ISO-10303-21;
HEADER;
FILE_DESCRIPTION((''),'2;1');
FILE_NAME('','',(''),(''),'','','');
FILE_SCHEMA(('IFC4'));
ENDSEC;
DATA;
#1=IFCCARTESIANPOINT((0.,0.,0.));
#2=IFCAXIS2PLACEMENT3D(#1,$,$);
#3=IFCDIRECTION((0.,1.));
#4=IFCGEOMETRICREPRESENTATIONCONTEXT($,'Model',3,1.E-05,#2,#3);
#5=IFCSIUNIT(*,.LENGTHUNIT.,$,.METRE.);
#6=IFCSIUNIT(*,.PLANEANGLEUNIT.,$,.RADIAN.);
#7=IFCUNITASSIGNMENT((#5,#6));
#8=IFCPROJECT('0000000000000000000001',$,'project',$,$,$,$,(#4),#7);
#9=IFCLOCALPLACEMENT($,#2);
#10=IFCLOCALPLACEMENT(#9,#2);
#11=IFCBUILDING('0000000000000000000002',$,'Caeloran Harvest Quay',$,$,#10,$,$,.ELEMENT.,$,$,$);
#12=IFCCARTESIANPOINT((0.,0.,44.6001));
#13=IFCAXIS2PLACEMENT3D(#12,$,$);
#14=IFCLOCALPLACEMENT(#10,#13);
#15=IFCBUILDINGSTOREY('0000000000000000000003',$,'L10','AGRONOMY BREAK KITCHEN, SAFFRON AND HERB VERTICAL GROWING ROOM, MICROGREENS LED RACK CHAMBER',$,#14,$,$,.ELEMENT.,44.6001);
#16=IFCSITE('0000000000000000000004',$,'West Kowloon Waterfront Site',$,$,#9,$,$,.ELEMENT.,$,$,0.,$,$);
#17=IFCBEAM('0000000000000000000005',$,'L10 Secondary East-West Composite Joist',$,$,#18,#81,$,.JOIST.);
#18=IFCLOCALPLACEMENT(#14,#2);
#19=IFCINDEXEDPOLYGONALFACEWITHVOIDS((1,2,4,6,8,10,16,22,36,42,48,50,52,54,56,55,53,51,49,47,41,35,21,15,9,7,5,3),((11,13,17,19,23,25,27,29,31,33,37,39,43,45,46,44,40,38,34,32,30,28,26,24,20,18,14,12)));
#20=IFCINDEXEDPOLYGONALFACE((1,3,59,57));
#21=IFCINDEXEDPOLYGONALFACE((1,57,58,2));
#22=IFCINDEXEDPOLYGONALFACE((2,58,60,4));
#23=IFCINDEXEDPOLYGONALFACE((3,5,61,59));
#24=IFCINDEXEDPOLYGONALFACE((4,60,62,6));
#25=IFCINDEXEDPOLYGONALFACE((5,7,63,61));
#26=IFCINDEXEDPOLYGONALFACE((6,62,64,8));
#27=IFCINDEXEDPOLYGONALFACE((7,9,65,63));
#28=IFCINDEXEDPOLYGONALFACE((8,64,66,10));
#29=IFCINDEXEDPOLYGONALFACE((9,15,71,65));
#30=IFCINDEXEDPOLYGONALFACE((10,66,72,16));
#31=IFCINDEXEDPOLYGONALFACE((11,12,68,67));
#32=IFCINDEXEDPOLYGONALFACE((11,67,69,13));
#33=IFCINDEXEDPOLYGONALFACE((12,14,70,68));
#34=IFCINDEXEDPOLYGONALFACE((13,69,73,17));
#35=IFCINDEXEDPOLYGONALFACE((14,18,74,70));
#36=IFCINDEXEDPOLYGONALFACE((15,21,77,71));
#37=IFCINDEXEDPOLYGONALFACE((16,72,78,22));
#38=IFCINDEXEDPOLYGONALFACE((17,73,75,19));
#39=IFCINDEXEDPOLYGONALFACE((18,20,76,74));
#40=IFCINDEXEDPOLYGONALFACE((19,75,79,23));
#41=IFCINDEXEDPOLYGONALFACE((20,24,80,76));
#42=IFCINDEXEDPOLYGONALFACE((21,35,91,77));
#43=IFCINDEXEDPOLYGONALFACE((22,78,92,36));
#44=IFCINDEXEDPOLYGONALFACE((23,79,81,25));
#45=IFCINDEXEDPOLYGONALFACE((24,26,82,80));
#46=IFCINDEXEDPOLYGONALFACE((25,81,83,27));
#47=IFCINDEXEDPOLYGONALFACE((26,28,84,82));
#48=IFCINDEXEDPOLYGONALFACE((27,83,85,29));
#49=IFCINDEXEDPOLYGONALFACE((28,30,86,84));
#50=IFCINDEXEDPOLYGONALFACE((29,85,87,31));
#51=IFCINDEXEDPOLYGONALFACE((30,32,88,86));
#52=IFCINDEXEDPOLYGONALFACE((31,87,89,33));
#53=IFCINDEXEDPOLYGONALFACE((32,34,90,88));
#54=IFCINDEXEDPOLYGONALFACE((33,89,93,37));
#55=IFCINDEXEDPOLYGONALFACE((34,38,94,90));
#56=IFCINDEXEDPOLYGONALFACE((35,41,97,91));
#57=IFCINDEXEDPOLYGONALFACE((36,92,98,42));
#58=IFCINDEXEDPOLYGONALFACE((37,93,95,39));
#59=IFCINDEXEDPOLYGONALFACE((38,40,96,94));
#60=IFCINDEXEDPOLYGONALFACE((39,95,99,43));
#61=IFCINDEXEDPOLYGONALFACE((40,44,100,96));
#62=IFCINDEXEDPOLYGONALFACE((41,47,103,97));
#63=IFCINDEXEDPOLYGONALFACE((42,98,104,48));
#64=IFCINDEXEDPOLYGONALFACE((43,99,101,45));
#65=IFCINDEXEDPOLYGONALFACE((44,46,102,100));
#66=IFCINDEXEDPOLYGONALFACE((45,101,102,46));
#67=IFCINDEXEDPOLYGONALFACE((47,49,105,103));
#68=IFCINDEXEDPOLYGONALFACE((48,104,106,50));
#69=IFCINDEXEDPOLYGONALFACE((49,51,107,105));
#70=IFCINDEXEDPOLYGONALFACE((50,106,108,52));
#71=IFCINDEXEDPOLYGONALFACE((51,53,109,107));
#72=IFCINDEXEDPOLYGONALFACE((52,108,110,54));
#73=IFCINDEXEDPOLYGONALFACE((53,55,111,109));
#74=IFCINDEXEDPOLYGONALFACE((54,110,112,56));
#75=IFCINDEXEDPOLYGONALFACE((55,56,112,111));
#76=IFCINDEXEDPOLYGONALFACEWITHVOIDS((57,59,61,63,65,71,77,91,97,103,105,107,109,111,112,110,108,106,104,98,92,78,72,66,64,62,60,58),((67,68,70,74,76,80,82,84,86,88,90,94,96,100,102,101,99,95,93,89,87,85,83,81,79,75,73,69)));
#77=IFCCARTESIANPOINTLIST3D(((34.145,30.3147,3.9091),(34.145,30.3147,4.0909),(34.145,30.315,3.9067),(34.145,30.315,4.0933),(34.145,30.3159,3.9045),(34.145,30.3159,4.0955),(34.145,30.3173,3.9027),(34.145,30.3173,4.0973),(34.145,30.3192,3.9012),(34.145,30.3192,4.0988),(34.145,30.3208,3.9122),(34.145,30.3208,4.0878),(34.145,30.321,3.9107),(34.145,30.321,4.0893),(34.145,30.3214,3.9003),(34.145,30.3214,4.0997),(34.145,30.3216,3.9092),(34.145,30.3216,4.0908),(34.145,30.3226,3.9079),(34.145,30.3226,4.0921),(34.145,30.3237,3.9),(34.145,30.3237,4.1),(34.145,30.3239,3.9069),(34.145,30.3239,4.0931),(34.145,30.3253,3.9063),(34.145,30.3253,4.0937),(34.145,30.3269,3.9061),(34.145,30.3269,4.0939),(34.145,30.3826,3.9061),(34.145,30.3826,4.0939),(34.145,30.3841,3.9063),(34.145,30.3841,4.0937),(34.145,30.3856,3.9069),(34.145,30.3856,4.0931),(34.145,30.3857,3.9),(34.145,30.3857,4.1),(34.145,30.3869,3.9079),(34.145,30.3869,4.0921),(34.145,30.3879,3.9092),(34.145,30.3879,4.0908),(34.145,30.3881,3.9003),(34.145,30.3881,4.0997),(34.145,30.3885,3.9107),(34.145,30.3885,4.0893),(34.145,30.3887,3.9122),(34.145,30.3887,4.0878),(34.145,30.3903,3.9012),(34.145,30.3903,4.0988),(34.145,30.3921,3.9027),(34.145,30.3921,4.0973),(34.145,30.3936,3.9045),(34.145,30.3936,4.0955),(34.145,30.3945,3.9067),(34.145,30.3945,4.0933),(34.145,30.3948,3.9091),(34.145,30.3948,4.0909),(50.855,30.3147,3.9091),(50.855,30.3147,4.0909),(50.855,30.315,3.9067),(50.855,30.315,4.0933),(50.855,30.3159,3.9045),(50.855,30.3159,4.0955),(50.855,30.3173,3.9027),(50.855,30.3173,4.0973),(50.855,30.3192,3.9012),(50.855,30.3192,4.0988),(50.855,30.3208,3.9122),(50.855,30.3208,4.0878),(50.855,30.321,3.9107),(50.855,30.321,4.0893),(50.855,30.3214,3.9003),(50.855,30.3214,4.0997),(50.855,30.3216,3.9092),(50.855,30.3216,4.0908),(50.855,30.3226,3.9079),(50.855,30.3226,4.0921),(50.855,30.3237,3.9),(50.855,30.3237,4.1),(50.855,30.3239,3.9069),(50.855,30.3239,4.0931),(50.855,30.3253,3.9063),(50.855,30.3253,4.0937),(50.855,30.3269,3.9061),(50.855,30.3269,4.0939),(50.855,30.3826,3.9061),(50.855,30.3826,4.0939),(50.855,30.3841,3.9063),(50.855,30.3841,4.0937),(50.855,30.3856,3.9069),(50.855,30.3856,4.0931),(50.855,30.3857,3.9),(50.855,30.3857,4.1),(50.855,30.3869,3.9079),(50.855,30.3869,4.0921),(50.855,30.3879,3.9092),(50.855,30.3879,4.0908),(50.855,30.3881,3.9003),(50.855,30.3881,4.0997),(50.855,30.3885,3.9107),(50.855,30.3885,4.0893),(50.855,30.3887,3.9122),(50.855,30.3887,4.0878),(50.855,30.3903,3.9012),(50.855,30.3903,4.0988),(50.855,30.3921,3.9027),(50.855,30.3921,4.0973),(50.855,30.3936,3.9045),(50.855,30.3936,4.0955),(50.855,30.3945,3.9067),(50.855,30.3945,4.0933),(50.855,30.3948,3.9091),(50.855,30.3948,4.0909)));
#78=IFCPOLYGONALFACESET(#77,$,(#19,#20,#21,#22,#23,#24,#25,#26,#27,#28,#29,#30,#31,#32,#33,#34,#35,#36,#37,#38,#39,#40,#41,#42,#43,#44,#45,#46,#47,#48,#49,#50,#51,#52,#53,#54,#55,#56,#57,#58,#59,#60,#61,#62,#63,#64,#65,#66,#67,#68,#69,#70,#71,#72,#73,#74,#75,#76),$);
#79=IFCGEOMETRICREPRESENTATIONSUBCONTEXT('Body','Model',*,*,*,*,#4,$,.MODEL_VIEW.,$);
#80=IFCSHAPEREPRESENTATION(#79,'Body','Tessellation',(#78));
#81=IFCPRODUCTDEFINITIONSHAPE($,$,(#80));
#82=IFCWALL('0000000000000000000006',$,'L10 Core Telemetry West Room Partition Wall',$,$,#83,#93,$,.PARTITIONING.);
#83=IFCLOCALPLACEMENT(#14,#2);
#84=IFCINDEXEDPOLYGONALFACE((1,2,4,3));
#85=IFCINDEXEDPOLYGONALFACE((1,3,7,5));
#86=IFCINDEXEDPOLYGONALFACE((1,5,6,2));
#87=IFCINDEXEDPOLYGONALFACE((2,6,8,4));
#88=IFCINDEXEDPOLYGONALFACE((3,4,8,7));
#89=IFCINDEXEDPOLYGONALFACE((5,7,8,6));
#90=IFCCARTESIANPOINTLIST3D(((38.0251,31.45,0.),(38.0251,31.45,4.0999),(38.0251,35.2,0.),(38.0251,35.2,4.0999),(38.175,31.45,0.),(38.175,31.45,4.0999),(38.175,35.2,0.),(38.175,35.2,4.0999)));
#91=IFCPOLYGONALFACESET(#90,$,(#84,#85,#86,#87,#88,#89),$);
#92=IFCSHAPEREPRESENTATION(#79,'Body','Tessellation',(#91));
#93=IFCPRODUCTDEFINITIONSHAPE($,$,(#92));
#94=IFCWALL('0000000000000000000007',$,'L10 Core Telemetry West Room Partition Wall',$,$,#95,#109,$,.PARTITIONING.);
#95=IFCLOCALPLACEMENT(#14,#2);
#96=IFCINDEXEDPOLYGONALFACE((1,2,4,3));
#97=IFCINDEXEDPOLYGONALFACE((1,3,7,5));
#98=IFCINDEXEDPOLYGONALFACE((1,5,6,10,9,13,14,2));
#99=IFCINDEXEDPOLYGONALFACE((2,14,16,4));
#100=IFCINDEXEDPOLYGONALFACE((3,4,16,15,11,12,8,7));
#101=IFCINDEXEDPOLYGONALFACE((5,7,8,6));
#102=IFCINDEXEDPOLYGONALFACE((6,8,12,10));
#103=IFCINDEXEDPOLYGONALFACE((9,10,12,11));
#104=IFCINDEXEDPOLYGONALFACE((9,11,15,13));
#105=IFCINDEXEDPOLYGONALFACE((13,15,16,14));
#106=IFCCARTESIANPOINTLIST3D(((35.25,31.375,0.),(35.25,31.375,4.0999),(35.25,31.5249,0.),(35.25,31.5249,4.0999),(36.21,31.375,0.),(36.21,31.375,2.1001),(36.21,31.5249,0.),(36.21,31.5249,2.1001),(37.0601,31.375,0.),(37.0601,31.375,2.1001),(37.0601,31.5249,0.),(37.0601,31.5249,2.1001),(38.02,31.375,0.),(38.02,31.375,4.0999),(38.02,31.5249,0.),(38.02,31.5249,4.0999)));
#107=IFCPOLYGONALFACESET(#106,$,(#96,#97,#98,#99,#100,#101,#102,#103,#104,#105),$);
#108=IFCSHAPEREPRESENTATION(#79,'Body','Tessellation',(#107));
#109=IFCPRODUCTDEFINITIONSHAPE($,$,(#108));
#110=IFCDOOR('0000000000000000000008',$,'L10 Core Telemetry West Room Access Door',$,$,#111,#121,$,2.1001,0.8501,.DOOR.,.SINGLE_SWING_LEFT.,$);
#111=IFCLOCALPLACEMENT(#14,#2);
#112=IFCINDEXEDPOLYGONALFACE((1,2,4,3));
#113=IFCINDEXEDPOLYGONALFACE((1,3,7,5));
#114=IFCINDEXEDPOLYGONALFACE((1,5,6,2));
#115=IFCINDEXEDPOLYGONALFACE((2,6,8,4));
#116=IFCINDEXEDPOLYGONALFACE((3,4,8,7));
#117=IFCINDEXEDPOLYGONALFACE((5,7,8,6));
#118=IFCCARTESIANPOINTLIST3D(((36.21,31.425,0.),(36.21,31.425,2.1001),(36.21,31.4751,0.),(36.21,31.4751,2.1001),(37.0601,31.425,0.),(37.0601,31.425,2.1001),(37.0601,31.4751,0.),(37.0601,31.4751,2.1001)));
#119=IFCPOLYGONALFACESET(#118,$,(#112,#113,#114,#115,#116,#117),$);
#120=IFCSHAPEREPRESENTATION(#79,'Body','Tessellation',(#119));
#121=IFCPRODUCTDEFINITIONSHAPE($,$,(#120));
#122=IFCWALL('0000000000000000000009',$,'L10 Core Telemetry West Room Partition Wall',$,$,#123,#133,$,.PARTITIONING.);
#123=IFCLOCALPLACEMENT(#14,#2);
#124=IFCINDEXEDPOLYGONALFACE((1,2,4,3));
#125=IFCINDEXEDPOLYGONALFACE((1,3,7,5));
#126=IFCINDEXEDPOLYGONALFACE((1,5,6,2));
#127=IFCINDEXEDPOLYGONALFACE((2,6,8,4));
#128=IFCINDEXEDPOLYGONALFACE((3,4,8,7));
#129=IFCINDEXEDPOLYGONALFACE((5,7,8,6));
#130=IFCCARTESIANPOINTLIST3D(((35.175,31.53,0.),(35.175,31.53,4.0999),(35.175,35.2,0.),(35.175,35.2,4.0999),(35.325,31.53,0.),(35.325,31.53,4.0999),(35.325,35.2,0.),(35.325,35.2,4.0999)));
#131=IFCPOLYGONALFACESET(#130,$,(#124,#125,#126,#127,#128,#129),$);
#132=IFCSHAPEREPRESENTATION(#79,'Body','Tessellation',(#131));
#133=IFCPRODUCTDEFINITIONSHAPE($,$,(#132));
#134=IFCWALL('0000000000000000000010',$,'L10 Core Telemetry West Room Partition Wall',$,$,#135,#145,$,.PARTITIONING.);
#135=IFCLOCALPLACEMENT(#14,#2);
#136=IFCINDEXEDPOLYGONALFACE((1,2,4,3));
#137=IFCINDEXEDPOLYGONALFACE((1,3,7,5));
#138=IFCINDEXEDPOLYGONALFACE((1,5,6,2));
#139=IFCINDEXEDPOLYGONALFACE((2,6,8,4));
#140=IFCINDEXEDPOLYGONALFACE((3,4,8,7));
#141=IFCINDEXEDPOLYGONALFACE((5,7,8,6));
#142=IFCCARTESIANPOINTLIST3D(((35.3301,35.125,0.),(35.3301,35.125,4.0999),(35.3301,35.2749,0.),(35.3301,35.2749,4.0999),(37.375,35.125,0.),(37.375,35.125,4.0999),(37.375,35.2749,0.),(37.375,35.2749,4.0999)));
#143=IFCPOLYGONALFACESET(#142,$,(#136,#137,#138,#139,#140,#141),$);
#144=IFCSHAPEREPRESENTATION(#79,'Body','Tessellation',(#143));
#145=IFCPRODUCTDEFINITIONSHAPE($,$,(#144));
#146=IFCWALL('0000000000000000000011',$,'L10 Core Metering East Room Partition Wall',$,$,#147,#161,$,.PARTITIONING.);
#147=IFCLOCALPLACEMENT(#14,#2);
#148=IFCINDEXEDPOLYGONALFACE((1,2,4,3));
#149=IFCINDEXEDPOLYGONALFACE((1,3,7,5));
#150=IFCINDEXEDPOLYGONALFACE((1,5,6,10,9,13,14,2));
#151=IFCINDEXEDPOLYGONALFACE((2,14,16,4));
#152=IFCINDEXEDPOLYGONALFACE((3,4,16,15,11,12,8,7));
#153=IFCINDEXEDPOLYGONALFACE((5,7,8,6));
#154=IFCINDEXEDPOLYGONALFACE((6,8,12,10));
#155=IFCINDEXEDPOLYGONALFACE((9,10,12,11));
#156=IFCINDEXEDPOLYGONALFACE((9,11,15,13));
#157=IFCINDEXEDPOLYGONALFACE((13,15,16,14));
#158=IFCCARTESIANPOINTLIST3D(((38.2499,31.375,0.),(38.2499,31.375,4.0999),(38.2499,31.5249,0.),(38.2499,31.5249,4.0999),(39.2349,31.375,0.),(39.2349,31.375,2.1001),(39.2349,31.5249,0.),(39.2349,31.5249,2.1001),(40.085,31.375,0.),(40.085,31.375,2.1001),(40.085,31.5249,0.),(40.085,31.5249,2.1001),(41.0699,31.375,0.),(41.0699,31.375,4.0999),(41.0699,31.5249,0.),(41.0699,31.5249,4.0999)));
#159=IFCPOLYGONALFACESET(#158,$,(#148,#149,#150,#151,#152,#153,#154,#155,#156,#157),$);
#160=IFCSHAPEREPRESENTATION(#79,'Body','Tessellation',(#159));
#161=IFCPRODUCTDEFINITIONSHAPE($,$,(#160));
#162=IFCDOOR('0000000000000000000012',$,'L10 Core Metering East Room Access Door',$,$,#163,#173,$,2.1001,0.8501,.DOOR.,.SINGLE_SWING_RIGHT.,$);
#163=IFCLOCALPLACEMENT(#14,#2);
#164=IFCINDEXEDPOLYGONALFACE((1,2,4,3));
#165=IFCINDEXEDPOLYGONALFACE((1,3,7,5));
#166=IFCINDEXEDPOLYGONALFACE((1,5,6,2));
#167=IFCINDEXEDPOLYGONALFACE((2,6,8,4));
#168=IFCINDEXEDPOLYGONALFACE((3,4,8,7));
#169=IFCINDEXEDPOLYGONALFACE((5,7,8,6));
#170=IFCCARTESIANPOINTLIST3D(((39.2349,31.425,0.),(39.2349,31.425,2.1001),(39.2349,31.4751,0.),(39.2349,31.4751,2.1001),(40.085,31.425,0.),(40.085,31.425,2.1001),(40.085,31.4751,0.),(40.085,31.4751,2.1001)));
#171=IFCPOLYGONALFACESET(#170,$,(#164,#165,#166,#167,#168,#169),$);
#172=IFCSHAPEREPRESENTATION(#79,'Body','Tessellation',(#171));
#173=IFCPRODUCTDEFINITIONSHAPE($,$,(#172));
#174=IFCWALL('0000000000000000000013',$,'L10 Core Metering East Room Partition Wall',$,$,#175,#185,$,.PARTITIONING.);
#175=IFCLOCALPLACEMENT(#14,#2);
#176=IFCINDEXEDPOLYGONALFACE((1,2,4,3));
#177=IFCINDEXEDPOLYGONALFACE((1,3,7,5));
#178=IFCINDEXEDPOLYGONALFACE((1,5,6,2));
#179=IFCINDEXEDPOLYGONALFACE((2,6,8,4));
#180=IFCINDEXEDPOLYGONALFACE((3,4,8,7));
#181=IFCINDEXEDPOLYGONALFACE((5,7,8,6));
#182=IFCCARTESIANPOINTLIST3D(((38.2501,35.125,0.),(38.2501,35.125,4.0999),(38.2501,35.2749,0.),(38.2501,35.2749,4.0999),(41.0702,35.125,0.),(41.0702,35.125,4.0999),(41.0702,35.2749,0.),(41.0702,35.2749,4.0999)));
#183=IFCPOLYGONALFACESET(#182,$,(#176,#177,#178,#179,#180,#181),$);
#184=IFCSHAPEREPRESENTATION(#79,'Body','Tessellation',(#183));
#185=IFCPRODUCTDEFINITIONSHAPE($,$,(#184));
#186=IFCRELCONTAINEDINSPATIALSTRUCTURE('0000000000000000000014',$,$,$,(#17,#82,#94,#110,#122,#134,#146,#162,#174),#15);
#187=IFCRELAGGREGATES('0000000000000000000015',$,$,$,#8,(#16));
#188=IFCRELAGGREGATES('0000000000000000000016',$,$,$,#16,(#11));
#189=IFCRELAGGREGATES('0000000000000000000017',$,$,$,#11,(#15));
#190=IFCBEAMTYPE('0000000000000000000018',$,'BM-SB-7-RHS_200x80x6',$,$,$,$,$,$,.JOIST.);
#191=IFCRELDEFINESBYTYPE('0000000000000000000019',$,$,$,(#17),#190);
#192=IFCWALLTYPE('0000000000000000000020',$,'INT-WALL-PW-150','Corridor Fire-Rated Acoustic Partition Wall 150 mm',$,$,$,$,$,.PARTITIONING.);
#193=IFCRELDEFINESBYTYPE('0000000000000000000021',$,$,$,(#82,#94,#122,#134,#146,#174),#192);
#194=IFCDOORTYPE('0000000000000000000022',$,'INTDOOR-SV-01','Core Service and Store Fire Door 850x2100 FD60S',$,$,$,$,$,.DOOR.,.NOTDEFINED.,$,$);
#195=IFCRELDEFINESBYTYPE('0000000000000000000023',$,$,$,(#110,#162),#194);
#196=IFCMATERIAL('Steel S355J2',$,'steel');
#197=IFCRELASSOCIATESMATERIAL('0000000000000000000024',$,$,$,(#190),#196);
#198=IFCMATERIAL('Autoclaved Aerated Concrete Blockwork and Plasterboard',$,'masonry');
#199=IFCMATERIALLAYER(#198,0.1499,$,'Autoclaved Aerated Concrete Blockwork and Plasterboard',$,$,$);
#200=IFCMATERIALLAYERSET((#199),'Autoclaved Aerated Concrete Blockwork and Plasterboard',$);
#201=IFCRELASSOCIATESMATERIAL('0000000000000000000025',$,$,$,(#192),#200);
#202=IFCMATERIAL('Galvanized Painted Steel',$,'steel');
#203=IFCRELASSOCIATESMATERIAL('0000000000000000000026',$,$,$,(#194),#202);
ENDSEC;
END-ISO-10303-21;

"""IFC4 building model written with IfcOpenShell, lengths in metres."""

from ifc_helpers import new_model, si_unit, direction, frame, frame_2d, origin, origin_2d, place, context, subcontext, project, spatial, rectangle, hollow_rectangle, extrude, material, layer, layer_set, material_profile, profile_set, type_object, element, fill, save


model = new_model("IFC4")

# Units and contexts
model_context = context("Model", 3, precision=1e-05, world=origin(), true_north=direction((0.0, 1.0)))
body_context = subcontext(model_context, "Body", "Model", "MODEL_VIEW")
ifc_project = project(units=[si_unit("LENGTHUNIT", "METRE"), si_unit("PLANEANGLEUNIT", "RADIAN")], contexts=[model_context])

# Site, building, storey
site_placement = place(None, origin())
site = spatial("IfcSite", under=ifc_project, at=site_placement, Name="West Kowloon Waterfront Site", CompositionType="ELEMENT", RefElevation=0.0)
building_placement = place(site_placement, origin())
building = spatial("IfcBuilding", under=site, at=building_placement, Name="Caeloran Harvest Quay", CompositionType="ELEMENT")
storey_placement = place(building_placement, frame((0.0, 0.0, 44.6001)))
storey = spatial("IfcBuildingStorey", under=building, at=storey_placement, Name="L10", Description="AGRONOMY BREAK KITCHEN, SAFFRON AND HERB VERTICAL GROWING ROOM, MICROGREENS LED RACK CHAMBER", CompositionType="ELEMENT", Elevation=44.6001)

# Beam
ifc_material_1 = material(Name="Steel S355J2", Category="steel")
ifc_material_profile_1 = material_profile(ifc_material_1, hollow_rectangle(XDim=0.0801, YDim=0.2, WallThickness=0.0061, InnerFilletRadius=0.0061, OuterFilletRadius=0.009, at=origin_2d()), Name="RHS 200x80x6")
ifc_profile_set_1 = profile_set([ifc_material_profile_1], Name="Steel S355J2")
beam_type_1 = type_object("IfcBeamType", Name="BM-SB-7-RHS_200x80x6", PredefinedType="JOIST", material=ifc_profile_set_1)
for number, where, z_axis, x_axis, name in (
    (1, (34.145, 30.3547, 4.0), (1.0, 0.0, 0.0), (0.0, 1.0, 0.0), "L10 Secondary East-West Composite Joist"),
):
    element("IfcBeam", number, at=place(storey_placement, frame(where, z_axis=z_axis, x_axis=x_axis)), inside=storey, type_object=beam_type_1, Name=name, PredefinedType="JOIST", context=body_context, shape_type="SweptSolid", body=[
        extrude(hollow_rectangle(XDim=0.0801, YDim=0.2, WallThickness=0.0061, InnerFilletRadius=0.0061, OuterFilletRadius=0.009, at=origin_2d()), origin(), (0.0, 0.0, 1.0), 16.71),
    ])

# Wall
ifc_material_2 = material(Name="Autoclaved Aerated Concrete Blockwork and Plasterboard", Category="masonry")
ifc_layer_1 = layer(ifc_material_2, 0.1499, Name="Autoclaved Aerated Concrete Blockwork and Plasterboard")
ifc_layer_set_1 = layer_set([ifc_layer_1], Name="Autoclaved Aerated Concrete Blockwork and Plasterboard")
wall_type_1 = type_object("IfcWallType", Name="INT-WALL-PW-150", Description="Corridor Fire-Rated Acoustic Partition Wall 150 mm", PredefinedType="PARTITIONING", material=ifc_layer_set_1)
wall_1_placement = place(storey_placement, frame((38.1001, 35.2, 0.0), z_axis=(0.0, 0.0, 1.0), x_axis=(0.0, -1.0, 0.0)))
element("IfcWall", 2, at=wall_1_placement, inside=storey, type_object=wall_type_1, Name="L10 Core Telemetry West Room Partition Wall", PredefinedType="PARTITIONING", context=body_context, shape_type="SweptSolid", body=[
    extrude(rectangle(XDim=3.75, YDim=0.1499, at=frame_2d((1.875, 0.0))), origin(), (0.0, 0.0, 1.0), 4.0999),
])

# Wall, opening, door
wall_2_placement = place(storey_placement, frame((38.02, 31.45, 0.0), z_axis=(0.0, 0.0, 1.0), x_axis=(-1.0, 0.0, 0.0)))
wall_2 = element("IfcWall", 3, at=wall_2_placement, inside=storey, type_object=wall_type_1, Name="L10 Core Telemetry West Room Partition Wall", PredefinedType="PARTITIONING", context=body_context, shape_type="SweptSolid", body=[
    extrude(rectangle(XDim=2.77, YDim=0.1499, at=frame_2d((1.385, 0.0))), origin(), (0.0, 0.0, 1.0), 4.0999),
])
opening_1_placement = place(wall_2_placement, frame((0.96, 0.0, 0.0)))
opening_1 = element("IfcOpeningElement", 4, at=opening_1_placement, cuts=wall_2, PredefinedType="OPENING", context=body_context, shape_type="SweptSolid", body=[
    extrude(rectangle(XDim=0.8501, YDim=2.1001, at=frame_2d((0.425, 1.05))), frame((0.0, 0.085, 0.0), z_axis=(0.0, -1.0, 0.0), x_axis=(1.0, 0.0, 0.0)), (0.0, 0.0, 1.0), 0.1699),
])
ifc_material_3 = material(Name="Galvanized Painted Steel", Category="steel")
door_type_1 = type_object("IfcDoorType", Name="INTDOOR-SV-01", Description="Core Service and Store Fire Door 850x2100 FD60S", OperationType="NOTDEFINED", PredefinedType="DOOR", material=ifc_material_3)
door_1_placement = place(opening_1_placement, origin())
door_1 = element("IfcDoor", 5, at=door_1_placement, inside=storey, type_object=door_type_1, Name="L10 Core Telemetry West Room Access Door", OperationType="SINGLE_SWING_LEFT", OverallHeight=2.1001, OverallWidth=0.8501, PredefinedType="DOOR", context=body_context, shape_type="SweptSolid", body=[
    extrude(rectangle(XDim=0.8501, YDim=2.1001, at=frame_2d((0.425, 1.05))), frame((0.0, 0.0249, 0.0), z_axis=(0.0, -1.0, 0.0), x_axis=(1.0, 0.0, 0.0)), (0.0, 0.0, 1.0), 0.05),
])
fill(opening_1, door_1)

# Walls
wall_3_placement = place(storey_placement, frame((35.25, 31.53, 0.0), z_axis=(0.0, 0.0, 1.0), x_axis=(0.0, 1.0, 0.0)))
element("IfcWall", 6, at=wall_3_placement, inside=storey, type_object=wall_type_1, Name="L10 Core Telemetry West Room Partition Wall", PredefinedType="PARTITIONING", context=body_context, shape_type="SweptSolid", body=[
    extrude(rectangle(XDim=3.6699, YDim=0.1499, at=frame_2d((1.835, 0.0))), origin(), (0.0, 0.0, 1.0), 4.0999),
])
wall_4_placement = place(storey_placement, frame((35.3301, 35.2, 0.0), z_axis=(0.0, 0.0, 1.0), x_axis=(1.0, 0.0, 0.0)))
element("IfcWall", 7, at=wall_4_placement, inside=storey, type_object=wall_type_1, Name="L10 Core Telemetry West Room Partition Wall", PredefinedType="PARTITIONING", context=body_context, shape_type="SweptSolid", body=[
    extrude(rectangle(XDim=2.0449, YDim=0.1499, at=frame_2d((1.0225, 0.0))), origin(), (0.0, 0.0, 1.0), 4.0999),
])

# Wall, opening, door
wall_5_placement = place(storey_placement, frame((41.0701, 31.45, 0.0), z_axis=(0.0, 0.0, 1.0), x_axis=(-1.0, 0.0, 0.0)))
wall_5 = element("IfcWall", 8, at=wall_5_placement, inside=storey, type_object=wall_type_1, Name="L10 Core Metering East Room Partition Wall", PredefinedType="PARTITIONING", context=body_context, shape_type="SweptSolid", body=[
    extrude(rectangle(XDim=2.8201, YDim=0.1499, at=frame_2d((1.4102, 0.0))), origin(), (0.0, 0.0, 1.0), 4.0999),
])
opening_2_placement = place(wall_5_placement, frame((0.9851, 0.0, 0.0)))
opening_2 = element("IfcOpeningElement", 9, at=opening_2_placement, cuts=wall_5, PredefinedType="OPENING", context=body_context, shape_type="SweptSolid", body=[
    extrude(rectangle(XDim=0.8501, YDim=2.1001, at=frame_2d((0.425, 1.05))), frame((0.0, 0.085, 0.0), z_axis=(0.0, -1.0, 0.0), x_axis=(1.0, 0.0, 0.0)), (0.0, 0.0, 1.0), 0.1699),
])
door_2_placement = place(opening_2_placement, origin())
door_2 = element("IfcDoor", 10, at=door_2_placement, inside=storey, type_object=door_type_1, Name="L10 Core Metering East Room Access Door", OperationType="SINGLE_SWING_RIGHT", OverallHeight=2.1001, OverallWidth=0.8501, PredefinedType="DOOR", context=body_context, shape_type="SweptSolid", body=[
    extrude(rectangle(XDim=0.8501, YDim=2.1001, at=frame_2d((0.425, 1.05))), frame((0.0, 0.0249, 0.0), z_axis=(0.0, -1.0, 0.0), x_axis=(1.0, 0.0, 0.0)), (0.0, 0.0, 1.0), 0.05),
])
fill(opening_2, door_2)

# Wall
wall_6_placement = place(storey_placement, frame((38.25, 35.2, 0.0), z_axis=(0.0, 0.0, 1.0), x_axis=(1.0, 0.0, 0.0)))
element("IfcWall", 11, at=wall_6_placement, inside=storey, type_object=wall_type_1, Name="L10 Core Metering East Room Partition Wall", PredefinedType="PARTITIONING", context=body_context, shape_type="SweptSolid", body=[
    extrude(rectangle(XDim=2.8201, YDim=0.1499, at=frame_2d((1.4102, 0.0))), origin(), (0.0, 0.0, 1.0), 4.0999),
])

save(model, "model.ifc")
